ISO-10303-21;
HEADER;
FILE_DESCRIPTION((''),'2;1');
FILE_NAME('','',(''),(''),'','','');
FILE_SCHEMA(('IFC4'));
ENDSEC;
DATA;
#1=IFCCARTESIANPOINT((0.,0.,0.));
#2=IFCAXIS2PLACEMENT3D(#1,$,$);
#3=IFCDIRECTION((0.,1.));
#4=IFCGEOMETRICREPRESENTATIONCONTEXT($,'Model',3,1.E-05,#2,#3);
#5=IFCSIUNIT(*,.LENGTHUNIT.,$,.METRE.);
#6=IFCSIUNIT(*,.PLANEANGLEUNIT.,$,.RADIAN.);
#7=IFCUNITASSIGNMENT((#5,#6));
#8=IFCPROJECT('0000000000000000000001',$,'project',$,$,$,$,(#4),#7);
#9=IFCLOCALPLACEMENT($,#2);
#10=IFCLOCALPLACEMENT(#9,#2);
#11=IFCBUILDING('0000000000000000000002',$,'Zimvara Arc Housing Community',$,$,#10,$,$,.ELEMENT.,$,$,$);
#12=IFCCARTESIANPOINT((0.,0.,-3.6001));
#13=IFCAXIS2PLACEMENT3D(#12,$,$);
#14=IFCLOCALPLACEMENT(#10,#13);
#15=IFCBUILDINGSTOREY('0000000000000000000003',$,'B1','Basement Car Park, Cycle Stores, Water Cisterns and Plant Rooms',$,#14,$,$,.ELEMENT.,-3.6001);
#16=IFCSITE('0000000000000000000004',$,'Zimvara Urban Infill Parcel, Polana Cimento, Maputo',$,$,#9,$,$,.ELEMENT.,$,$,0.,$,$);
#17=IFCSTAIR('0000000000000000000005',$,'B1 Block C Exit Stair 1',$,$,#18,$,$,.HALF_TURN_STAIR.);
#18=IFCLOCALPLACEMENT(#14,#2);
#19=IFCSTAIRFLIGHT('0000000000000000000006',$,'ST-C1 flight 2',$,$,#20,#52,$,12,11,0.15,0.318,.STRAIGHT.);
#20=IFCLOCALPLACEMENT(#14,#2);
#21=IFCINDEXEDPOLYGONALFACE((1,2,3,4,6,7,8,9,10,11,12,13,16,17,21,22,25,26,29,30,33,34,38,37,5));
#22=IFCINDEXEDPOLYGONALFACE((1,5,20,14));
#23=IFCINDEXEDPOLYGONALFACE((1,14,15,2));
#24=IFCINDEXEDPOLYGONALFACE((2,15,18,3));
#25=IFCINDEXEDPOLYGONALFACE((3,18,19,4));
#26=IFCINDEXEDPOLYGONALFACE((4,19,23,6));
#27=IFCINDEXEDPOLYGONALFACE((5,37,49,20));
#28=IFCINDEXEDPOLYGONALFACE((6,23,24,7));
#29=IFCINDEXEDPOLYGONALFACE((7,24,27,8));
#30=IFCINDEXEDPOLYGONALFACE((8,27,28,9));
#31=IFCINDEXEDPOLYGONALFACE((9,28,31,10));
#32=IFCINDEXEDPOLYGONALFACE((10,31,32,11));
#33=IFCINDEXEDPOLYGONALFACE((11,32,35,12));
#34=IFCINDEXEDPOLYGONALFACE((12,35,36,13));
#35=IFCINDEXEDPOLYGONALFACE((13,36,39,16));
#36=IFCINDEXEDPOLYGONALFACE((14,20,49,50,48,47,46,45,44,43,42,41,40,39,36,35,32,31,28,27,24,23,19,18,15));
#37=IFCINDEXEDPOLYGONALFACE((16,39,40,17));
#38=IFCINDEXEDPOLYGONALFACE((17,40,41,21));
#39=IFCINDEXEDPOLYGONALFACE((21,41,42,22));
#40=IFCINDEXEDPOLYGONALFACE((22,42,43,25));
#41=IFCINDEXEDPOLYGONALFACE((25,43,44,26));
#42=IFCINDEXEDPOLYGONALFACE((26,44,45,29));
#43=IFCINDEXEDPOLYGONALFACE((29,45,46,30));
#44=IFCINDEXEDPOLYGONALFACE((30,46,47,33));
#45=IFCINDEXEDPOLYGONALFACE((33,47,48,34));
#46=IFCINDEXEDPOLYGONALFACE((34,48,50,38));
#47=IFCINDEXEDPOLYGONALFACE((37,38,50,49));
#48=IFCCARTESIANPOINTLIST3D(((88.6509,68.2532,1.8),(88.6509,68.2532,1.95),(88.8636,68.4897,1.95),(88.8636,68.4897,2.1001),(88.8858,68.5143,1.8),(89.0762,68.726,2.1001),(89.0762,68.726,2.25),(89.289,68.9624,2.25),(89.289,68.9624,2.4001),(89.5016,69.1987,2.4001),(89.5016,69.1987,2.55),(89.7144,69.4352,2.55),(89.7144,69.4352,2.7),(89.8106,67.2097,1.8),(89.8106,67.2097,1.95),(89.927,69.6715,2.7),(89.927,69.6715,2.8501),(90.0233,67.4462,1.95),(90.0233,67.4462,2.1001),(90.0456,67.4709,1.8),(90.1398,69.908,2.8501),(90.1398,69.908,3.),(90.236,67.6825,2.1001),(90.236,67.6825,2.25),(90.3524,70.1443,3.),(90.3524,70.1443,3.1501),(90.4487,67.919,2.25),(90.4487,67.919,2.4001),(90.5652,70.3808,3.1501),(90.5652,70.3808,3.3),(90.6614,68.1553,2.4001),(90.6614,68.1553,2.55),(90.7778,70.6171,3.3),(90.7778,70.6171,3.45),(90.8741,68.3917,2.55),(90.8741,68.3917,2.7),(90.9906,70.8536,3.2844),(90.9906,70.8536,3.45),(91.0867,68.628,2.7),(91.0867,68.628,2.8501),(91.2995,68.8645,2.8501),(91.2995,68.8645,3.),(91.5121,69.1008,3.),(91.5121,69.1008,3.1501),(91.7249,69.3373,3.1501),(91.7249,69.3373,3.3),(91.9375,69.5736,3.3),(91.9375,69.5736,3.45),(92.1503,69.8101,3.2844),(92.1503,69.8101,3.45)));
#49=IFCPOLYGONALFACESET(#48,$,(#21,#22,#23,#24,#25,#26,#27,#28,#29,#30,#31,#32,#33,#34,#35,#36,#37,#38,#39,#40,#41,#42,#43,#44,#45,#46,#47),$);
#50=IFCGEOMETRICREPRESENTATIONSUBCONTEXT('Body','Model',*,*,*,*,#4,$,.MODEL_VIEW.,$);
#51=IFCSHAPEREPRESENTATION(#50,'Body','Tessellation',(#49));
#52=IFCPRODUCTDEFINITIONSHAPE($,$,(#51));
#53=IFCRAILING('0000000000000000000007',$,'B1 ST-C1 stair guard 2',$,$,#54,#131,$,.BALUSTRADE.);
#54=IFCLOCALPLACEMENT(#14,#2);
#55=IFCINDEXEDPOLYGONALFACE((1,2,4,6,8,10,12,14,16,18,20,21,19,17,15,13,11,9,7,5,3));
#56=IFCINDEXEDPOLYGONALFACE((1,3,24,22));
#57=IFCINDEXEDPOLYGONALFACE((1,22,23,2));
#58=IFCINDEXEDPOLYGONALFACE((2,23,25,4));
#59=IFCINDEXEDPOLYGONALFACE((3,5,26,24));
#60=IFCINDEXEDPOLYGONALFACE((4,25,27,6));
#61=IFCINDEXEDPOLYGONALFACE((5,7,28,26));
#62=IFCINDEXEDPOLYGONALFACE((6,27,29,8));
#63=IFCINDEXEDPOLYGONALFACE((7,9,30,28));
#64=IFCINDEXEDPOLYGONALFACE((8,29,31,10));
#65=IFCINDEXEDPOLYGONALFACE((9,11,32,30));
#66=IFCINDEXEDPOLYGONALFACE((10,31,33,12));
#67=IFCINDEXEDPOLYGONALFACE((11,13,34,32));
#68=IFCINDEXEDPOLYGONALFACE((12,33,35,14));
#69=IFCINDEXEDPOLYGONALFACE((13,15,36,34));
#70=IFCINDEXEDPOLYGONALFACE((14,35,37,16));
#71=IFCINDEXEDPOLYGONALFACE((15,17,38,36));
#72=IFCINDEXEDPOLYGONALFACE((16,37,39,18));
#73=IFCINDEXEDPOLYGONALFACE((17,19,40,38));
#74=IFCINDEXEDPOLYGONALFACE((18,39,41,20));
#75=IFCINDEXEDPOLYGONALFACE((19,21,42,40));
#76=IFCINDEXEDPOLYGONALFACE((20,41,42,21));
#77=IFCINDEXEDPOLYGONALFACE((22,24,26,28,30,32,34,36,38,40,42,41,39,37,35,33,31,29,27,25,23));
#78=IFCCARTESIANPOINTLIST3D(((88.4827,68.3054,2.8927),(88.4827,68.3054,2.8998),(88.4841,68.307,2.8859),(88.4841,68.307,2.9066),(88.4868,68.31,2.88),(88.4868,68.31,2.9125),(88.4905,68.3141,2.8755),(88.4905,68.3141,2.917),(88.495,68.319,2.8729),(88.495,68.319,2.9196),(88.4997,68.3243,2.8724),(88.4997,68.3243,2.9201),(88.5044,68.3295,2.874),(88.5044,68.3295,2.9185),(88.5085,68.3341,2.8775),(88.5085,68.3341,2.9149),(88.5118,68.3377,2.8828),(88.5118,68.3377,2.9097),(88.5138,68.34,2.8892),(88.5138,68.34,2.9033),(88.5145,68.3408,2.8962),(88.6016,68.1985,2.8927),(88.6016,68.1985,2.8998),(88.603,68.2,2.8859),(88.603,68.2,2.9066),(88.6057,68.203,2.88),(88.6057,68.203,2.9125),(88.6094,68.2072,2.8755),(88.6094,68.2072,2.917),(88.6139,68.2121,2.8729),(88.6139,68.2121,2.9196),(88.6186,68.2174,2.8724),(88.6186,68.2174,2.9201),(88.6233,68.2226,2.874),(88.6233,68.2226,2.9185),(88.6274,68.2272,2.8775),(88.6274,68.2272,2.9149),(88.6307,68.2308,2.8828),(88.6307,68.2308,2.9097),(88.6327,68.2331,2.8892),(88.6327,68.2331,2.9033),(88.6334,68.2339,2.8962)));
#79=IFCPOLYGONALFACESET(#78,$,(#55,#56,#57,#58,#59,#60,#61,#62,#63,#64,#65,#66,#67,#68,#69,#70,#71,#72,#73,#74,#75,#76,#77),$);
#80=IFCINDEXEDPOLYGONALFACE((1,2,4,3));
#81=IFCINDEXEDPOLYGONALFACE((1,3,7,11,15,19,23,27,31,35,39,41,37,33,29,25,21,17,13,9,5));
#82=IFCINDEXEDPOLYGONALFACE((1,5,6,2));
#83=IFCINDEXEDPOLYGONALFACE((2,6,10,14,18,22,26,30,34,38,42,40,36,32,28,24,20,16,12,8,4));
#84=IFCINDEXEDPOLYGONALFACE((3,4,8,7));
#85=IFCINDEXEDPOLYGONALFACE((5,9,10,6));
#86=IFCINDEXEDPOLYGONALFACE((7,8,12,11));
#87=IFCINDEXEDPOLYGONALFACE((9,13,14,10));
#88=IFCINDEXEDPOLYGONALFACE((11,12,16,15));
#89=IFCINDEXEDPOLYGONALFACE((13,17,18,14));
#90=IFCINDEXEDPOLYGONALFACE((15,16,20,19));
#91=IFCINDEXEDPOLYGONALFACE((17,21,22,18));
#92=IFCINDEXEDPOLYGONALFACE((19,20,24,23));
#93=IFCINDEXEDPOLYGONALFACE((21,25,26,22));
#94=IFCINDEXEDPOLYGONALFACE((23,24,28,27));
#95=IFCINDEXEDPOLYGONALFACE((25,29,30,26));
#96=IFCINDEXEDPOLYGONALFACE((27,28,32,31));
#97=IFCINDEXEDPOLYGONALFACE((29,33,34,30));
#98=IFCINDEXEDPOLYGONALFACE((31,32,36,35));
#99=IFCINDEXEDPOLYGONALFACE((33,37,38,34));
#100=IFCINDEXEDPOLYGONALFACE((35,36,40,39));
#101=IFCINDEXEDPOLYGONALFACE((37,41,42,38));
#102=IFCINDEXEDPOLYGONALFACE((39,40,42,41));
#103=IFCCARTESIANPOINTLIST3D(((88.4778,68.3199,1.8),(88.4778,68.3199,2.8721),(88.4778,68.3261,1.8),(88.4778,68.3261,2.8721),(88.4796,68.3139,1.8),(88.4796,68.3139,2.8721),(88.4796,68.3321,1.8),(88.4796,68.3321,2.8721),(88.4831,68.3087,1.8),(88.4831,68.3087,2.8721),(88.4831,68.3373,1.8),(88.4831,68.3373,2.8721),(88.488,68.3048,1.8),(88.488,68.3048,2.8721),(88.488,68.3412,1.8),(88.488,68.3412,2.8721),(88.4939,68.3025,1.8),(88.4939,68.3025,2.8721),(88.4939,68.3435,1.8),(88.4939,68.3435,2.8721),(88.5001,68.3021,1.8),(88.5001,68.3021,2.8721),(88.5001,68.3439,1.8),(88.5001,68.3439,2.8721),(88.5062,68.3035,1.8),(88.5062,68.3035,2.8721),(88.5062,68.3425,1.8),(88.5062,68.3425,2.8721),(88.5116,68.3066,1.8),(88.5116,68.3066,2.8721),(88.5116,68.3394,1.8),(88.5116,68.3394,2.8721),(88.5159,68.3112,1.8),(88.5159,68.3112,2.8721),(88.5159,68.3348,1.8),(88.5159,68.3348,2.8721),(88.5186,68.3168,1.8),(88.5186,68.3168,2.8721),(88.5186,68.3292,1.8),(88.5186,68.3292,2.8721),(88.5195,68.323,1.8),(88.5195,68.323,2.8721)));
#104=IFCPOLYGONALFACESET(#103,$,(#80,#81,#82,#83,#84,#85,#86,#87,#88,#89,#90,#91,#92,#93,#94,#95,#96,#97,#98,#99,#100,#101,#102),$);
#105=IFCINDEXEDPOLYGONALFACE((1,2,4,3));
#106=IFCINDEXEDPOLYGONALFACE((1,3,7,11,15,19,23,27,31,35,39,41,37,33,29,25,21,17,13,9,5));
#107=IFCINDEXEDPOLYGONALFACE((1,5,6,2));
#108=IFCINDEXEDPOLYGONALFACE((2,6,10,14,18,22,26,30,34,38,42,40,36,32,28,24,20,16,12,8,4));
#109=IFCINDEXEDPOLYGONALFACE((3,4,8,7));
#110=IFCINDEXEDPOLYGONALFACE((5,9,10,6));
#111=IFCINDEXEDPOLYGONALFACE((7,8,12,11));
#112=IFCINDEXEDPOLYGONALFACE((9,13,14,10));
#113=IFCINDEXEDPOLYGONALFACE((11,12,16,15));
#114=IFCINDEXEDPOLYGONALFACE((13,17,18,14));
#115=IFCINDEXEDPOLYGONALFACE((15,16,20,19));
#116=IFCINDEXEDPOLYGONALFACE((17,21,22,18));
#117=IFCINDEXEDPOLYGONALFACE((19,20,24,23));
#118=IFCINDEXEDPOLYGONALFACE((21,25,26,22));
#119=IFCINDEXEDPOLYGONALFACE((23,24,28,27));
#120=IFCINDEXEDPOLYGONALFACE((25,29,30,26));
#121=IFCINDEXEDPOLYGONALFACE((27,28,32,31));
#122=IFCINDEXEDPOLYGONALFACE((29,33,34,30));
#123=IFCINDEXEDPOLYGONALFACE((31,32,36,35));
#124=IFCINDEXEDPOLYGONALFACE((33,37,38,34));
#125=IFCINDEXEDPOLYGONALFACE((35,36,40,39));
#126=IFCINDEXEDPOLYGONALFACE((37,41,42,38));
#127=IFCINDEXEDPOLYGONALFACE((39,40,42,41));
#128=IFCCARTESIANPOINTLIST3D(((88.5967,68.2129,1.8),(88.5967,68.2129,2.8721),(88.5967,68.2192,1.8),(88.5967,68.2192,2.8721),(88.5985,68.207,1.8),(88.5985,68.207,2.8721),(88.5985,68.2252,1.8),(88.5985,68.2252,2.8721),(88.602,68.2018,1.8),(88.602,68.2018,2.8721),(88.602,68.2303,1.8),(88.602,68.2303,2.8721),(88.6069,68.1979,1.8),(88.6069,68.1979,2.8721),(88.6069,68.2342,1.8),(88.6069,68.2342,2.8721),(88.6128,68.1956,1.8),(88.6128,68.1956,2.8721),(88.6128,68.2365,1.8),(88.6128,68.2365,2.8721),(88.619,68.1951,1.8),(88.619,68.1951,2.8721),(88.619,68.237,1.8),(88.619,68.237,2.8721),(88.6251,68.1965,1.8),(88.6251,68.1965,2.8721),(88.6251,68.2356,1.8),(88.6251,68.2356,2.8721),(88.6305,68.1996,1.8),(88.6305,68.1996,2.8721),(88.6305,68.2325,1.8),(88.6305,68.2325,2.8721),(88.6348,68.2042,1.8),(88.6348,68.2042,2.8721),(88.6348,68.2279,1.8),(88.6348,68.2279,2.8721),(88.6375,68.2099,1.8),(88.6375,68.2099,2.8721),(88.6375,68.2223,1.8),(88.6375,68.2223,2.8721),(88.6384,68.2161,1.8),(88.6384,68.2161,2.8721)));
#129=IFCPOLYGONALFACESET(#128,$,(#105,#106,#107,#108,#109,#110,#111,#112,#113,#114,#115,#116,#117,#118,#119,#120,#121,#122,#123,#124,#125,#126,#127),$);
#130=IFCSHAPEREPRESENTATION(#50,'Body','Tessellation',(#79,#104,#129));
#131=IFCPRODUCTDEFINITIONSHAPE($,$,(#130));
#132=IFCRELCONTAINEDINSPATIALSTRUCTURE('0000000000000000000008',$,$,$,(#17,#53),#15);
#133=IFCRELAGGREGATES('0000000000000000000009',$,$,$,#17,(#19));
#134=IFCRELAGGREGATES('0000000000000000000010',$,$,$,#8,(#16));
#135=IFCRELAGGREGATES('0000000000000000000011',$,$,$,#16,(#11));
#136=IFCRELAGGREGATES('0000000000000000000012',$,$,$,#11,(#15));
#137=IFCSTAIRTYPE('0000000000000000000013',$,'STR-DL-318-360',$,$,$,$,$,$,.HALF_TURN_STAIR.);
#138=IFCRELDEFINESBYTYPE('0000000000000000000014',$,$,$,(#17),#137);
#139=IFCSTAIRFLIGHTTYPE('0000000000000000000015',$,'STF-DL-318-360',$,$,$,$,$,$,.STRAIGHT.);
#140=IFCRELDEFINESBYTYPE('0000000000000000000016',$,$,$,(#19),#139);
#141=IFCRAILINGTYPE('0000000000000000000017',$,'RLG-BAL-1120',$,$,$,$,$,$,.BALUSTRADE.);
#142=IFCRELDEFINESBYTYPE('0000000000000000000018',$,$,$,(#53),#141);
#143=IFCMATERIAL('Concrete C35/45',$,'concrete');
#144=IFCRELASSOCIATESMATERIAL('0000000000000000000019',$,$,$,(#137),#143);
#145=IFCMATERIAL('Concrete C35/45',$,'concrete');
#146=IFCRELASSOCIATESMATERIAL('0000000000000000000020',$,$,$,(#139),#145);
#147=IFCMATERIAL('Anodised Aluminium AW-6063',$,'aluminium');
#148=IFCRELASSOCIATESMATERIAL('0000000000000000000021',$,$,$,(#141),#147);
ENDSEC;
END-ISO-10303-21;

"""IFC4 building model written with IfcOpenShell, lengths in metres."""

from ifc_helpers import new_model, si_unit, direction, frame, origin, origin_2d, place, context, subcontext, project, spatial, polyline, circle, outline, extrude, material, type_object, element, aggregate, save


model = new_model("IFC4")

# Units and contexts
model_context = context("Model", 3, precision=1e-05, world=origin(), true_north=direction((0.0, 1.0)))
body_context = subcontext(model_context, "Body", "Model", "MODEL_VIEW")
ifc_project = project(units=[si_unit("LENGTHUNIT", "METRE"), si_unit("PLANEANGLEUNIT", "RADIAN")], contexts=[model_context])

# Site, building, storey
site_placement = place(None, origin())
site = spatial("IfcSite", under=ifc_project, at=site_placement, Name="Zimvara Urban Infill Parcel, Polana Cimento, Maputo", CompositionType="ELEMENT", RefElevation=0.0)
building_placement = place(site_placement, origin())
building = spatial("IfcBuilding", under=site, at=building_placement, Name="Zimvara Arc Housing Community", CompositionType="ELEMENT")
storey_placement = place(building_placement, frame((0.0, 0.0, -3.6001)))
storey = spatial("IfcBuildingStorey", under=building, at=storey_placement, Name="B1", Description="Basement Car Park, Cycle Stores, Water Cisterns and Plant Rooms", CompositionType="ELEMENT", Elevation=-3.6001)

# Stair, stair flight
ifc_material_1 = material(Name="Concrete C35/45", Category="concrete")
stair_type = type_object("IfcStairType", Name="STR-DL-318-360", PredefinedType="HALF_TURN_STAIR", material=ifc_material_1)
stair_placement = place(storey_placement, origin())
stair = element("IfcStair", 1, at=stair_placement, inside=storey, type_object=stair_type, Name="B1 Block C Exit Stair 1", PredefinedType="HALF_TURN_STAIR")
ifc_material_2 = material(Name="Concrete C35/45", Category="concrete")
stair_flight_type = type_object("IfcStairFlightType", Name="STF-DL-318-360", PredefinedType="STRAIGHT", material=ifc_material_2)
stair_flight_placement = place(storey_placement, frame((89.2307, 67.7314, 1.8), z_axis=(0.0, 0.0, 1.0), x_axis=(0.668871, 0.743378, 0.0)))
stair_flight = element("IfcStairFlight", 2, at=stair_flight_placement, type_object=stair_flight_type, Name="ST-C1 flight 2", NumberOfRisers=12, NumberOfTreads=11, PredefinedType="STRAIGHT", RiserHeight=0.15, TreadLength=0.318, context=body_context, shape_type="SweptSolid", body=[
    extrude(outline(polyline([(0.0, 0.0), (0.0, 0.1499), (0.3181, 0.1499), (0.3181, 0.3), (0.636, 0.3), (0.636, 0.45), (0.9541, 0.45), (0.9541, 0.6001), (1.272, 0.6001), (1.272, 0.75), (1.5901, 0.75), (1.5901, 0.8999), (1.908, 0.8999), (1.908, 1.05), (2.2261, 1.05), (2.2261, 1.2), (2.5439, 1.2), (2.5439, 1.3501), (2.8621, 1.3501), (2.8621, 1.5), (3.1799, 1.5), (3.1799, 1.6499), (3.498, 1.6499), (3.498, 1.8), (3.498, 1.4844), (0.3513, 0.0), (0.0, 0.0)])), frame((0.0, 0.78, 0.0), z_axis=(0.0, -1.0, 0.0), x_axis=(1.0, 0.0, 0.0)), (0.0, 0.0, 1.0), 1.5601),
])
aggregate(stair, [stair_flight])

# Railing
ifc_material_3 = material(Name="Anodised Aluminium AW-6063", Category="aluminium")
railing_type = type_object("IfcRailingType", Name="RLG-BAL-1120", PredefinedType="BALUSTRADE", material=ifc_material_3)
railing_1_placement = place(storey_placement, frame((88.4985, 68.323, 1.8)))
element("IfcRailing", 3, at=railing_1_placement, inside=storey, type_object=railing_type, Name="B1 ST-C1 stair guard 2", PredefinedType="BALUSTRADE", context=body_context, shape_type="SweptSolid", body=[
    extrude(circle(Radius=0.0239, at=origin_2d()), frame((0.0, 0.0, 1.0962), z_axis=(0.743522, -0.668712, 0.0), x_axis=(0.668712, 0.743522, 0.0)), (0.0, 0.0, 1.0), 0.1599),
    extrude(circle(Radius=0.021, at=origin_2d()), origin(), (0.0, 0.0, 1.0), 1.072),
    extrude(circle(Radius=0.021, at=origin_2d()), frame((0.1189, -0.1069, 0.0)), (0.0, 0.0, 1.0), 1.072),
])

save(model, "model.ifc")
